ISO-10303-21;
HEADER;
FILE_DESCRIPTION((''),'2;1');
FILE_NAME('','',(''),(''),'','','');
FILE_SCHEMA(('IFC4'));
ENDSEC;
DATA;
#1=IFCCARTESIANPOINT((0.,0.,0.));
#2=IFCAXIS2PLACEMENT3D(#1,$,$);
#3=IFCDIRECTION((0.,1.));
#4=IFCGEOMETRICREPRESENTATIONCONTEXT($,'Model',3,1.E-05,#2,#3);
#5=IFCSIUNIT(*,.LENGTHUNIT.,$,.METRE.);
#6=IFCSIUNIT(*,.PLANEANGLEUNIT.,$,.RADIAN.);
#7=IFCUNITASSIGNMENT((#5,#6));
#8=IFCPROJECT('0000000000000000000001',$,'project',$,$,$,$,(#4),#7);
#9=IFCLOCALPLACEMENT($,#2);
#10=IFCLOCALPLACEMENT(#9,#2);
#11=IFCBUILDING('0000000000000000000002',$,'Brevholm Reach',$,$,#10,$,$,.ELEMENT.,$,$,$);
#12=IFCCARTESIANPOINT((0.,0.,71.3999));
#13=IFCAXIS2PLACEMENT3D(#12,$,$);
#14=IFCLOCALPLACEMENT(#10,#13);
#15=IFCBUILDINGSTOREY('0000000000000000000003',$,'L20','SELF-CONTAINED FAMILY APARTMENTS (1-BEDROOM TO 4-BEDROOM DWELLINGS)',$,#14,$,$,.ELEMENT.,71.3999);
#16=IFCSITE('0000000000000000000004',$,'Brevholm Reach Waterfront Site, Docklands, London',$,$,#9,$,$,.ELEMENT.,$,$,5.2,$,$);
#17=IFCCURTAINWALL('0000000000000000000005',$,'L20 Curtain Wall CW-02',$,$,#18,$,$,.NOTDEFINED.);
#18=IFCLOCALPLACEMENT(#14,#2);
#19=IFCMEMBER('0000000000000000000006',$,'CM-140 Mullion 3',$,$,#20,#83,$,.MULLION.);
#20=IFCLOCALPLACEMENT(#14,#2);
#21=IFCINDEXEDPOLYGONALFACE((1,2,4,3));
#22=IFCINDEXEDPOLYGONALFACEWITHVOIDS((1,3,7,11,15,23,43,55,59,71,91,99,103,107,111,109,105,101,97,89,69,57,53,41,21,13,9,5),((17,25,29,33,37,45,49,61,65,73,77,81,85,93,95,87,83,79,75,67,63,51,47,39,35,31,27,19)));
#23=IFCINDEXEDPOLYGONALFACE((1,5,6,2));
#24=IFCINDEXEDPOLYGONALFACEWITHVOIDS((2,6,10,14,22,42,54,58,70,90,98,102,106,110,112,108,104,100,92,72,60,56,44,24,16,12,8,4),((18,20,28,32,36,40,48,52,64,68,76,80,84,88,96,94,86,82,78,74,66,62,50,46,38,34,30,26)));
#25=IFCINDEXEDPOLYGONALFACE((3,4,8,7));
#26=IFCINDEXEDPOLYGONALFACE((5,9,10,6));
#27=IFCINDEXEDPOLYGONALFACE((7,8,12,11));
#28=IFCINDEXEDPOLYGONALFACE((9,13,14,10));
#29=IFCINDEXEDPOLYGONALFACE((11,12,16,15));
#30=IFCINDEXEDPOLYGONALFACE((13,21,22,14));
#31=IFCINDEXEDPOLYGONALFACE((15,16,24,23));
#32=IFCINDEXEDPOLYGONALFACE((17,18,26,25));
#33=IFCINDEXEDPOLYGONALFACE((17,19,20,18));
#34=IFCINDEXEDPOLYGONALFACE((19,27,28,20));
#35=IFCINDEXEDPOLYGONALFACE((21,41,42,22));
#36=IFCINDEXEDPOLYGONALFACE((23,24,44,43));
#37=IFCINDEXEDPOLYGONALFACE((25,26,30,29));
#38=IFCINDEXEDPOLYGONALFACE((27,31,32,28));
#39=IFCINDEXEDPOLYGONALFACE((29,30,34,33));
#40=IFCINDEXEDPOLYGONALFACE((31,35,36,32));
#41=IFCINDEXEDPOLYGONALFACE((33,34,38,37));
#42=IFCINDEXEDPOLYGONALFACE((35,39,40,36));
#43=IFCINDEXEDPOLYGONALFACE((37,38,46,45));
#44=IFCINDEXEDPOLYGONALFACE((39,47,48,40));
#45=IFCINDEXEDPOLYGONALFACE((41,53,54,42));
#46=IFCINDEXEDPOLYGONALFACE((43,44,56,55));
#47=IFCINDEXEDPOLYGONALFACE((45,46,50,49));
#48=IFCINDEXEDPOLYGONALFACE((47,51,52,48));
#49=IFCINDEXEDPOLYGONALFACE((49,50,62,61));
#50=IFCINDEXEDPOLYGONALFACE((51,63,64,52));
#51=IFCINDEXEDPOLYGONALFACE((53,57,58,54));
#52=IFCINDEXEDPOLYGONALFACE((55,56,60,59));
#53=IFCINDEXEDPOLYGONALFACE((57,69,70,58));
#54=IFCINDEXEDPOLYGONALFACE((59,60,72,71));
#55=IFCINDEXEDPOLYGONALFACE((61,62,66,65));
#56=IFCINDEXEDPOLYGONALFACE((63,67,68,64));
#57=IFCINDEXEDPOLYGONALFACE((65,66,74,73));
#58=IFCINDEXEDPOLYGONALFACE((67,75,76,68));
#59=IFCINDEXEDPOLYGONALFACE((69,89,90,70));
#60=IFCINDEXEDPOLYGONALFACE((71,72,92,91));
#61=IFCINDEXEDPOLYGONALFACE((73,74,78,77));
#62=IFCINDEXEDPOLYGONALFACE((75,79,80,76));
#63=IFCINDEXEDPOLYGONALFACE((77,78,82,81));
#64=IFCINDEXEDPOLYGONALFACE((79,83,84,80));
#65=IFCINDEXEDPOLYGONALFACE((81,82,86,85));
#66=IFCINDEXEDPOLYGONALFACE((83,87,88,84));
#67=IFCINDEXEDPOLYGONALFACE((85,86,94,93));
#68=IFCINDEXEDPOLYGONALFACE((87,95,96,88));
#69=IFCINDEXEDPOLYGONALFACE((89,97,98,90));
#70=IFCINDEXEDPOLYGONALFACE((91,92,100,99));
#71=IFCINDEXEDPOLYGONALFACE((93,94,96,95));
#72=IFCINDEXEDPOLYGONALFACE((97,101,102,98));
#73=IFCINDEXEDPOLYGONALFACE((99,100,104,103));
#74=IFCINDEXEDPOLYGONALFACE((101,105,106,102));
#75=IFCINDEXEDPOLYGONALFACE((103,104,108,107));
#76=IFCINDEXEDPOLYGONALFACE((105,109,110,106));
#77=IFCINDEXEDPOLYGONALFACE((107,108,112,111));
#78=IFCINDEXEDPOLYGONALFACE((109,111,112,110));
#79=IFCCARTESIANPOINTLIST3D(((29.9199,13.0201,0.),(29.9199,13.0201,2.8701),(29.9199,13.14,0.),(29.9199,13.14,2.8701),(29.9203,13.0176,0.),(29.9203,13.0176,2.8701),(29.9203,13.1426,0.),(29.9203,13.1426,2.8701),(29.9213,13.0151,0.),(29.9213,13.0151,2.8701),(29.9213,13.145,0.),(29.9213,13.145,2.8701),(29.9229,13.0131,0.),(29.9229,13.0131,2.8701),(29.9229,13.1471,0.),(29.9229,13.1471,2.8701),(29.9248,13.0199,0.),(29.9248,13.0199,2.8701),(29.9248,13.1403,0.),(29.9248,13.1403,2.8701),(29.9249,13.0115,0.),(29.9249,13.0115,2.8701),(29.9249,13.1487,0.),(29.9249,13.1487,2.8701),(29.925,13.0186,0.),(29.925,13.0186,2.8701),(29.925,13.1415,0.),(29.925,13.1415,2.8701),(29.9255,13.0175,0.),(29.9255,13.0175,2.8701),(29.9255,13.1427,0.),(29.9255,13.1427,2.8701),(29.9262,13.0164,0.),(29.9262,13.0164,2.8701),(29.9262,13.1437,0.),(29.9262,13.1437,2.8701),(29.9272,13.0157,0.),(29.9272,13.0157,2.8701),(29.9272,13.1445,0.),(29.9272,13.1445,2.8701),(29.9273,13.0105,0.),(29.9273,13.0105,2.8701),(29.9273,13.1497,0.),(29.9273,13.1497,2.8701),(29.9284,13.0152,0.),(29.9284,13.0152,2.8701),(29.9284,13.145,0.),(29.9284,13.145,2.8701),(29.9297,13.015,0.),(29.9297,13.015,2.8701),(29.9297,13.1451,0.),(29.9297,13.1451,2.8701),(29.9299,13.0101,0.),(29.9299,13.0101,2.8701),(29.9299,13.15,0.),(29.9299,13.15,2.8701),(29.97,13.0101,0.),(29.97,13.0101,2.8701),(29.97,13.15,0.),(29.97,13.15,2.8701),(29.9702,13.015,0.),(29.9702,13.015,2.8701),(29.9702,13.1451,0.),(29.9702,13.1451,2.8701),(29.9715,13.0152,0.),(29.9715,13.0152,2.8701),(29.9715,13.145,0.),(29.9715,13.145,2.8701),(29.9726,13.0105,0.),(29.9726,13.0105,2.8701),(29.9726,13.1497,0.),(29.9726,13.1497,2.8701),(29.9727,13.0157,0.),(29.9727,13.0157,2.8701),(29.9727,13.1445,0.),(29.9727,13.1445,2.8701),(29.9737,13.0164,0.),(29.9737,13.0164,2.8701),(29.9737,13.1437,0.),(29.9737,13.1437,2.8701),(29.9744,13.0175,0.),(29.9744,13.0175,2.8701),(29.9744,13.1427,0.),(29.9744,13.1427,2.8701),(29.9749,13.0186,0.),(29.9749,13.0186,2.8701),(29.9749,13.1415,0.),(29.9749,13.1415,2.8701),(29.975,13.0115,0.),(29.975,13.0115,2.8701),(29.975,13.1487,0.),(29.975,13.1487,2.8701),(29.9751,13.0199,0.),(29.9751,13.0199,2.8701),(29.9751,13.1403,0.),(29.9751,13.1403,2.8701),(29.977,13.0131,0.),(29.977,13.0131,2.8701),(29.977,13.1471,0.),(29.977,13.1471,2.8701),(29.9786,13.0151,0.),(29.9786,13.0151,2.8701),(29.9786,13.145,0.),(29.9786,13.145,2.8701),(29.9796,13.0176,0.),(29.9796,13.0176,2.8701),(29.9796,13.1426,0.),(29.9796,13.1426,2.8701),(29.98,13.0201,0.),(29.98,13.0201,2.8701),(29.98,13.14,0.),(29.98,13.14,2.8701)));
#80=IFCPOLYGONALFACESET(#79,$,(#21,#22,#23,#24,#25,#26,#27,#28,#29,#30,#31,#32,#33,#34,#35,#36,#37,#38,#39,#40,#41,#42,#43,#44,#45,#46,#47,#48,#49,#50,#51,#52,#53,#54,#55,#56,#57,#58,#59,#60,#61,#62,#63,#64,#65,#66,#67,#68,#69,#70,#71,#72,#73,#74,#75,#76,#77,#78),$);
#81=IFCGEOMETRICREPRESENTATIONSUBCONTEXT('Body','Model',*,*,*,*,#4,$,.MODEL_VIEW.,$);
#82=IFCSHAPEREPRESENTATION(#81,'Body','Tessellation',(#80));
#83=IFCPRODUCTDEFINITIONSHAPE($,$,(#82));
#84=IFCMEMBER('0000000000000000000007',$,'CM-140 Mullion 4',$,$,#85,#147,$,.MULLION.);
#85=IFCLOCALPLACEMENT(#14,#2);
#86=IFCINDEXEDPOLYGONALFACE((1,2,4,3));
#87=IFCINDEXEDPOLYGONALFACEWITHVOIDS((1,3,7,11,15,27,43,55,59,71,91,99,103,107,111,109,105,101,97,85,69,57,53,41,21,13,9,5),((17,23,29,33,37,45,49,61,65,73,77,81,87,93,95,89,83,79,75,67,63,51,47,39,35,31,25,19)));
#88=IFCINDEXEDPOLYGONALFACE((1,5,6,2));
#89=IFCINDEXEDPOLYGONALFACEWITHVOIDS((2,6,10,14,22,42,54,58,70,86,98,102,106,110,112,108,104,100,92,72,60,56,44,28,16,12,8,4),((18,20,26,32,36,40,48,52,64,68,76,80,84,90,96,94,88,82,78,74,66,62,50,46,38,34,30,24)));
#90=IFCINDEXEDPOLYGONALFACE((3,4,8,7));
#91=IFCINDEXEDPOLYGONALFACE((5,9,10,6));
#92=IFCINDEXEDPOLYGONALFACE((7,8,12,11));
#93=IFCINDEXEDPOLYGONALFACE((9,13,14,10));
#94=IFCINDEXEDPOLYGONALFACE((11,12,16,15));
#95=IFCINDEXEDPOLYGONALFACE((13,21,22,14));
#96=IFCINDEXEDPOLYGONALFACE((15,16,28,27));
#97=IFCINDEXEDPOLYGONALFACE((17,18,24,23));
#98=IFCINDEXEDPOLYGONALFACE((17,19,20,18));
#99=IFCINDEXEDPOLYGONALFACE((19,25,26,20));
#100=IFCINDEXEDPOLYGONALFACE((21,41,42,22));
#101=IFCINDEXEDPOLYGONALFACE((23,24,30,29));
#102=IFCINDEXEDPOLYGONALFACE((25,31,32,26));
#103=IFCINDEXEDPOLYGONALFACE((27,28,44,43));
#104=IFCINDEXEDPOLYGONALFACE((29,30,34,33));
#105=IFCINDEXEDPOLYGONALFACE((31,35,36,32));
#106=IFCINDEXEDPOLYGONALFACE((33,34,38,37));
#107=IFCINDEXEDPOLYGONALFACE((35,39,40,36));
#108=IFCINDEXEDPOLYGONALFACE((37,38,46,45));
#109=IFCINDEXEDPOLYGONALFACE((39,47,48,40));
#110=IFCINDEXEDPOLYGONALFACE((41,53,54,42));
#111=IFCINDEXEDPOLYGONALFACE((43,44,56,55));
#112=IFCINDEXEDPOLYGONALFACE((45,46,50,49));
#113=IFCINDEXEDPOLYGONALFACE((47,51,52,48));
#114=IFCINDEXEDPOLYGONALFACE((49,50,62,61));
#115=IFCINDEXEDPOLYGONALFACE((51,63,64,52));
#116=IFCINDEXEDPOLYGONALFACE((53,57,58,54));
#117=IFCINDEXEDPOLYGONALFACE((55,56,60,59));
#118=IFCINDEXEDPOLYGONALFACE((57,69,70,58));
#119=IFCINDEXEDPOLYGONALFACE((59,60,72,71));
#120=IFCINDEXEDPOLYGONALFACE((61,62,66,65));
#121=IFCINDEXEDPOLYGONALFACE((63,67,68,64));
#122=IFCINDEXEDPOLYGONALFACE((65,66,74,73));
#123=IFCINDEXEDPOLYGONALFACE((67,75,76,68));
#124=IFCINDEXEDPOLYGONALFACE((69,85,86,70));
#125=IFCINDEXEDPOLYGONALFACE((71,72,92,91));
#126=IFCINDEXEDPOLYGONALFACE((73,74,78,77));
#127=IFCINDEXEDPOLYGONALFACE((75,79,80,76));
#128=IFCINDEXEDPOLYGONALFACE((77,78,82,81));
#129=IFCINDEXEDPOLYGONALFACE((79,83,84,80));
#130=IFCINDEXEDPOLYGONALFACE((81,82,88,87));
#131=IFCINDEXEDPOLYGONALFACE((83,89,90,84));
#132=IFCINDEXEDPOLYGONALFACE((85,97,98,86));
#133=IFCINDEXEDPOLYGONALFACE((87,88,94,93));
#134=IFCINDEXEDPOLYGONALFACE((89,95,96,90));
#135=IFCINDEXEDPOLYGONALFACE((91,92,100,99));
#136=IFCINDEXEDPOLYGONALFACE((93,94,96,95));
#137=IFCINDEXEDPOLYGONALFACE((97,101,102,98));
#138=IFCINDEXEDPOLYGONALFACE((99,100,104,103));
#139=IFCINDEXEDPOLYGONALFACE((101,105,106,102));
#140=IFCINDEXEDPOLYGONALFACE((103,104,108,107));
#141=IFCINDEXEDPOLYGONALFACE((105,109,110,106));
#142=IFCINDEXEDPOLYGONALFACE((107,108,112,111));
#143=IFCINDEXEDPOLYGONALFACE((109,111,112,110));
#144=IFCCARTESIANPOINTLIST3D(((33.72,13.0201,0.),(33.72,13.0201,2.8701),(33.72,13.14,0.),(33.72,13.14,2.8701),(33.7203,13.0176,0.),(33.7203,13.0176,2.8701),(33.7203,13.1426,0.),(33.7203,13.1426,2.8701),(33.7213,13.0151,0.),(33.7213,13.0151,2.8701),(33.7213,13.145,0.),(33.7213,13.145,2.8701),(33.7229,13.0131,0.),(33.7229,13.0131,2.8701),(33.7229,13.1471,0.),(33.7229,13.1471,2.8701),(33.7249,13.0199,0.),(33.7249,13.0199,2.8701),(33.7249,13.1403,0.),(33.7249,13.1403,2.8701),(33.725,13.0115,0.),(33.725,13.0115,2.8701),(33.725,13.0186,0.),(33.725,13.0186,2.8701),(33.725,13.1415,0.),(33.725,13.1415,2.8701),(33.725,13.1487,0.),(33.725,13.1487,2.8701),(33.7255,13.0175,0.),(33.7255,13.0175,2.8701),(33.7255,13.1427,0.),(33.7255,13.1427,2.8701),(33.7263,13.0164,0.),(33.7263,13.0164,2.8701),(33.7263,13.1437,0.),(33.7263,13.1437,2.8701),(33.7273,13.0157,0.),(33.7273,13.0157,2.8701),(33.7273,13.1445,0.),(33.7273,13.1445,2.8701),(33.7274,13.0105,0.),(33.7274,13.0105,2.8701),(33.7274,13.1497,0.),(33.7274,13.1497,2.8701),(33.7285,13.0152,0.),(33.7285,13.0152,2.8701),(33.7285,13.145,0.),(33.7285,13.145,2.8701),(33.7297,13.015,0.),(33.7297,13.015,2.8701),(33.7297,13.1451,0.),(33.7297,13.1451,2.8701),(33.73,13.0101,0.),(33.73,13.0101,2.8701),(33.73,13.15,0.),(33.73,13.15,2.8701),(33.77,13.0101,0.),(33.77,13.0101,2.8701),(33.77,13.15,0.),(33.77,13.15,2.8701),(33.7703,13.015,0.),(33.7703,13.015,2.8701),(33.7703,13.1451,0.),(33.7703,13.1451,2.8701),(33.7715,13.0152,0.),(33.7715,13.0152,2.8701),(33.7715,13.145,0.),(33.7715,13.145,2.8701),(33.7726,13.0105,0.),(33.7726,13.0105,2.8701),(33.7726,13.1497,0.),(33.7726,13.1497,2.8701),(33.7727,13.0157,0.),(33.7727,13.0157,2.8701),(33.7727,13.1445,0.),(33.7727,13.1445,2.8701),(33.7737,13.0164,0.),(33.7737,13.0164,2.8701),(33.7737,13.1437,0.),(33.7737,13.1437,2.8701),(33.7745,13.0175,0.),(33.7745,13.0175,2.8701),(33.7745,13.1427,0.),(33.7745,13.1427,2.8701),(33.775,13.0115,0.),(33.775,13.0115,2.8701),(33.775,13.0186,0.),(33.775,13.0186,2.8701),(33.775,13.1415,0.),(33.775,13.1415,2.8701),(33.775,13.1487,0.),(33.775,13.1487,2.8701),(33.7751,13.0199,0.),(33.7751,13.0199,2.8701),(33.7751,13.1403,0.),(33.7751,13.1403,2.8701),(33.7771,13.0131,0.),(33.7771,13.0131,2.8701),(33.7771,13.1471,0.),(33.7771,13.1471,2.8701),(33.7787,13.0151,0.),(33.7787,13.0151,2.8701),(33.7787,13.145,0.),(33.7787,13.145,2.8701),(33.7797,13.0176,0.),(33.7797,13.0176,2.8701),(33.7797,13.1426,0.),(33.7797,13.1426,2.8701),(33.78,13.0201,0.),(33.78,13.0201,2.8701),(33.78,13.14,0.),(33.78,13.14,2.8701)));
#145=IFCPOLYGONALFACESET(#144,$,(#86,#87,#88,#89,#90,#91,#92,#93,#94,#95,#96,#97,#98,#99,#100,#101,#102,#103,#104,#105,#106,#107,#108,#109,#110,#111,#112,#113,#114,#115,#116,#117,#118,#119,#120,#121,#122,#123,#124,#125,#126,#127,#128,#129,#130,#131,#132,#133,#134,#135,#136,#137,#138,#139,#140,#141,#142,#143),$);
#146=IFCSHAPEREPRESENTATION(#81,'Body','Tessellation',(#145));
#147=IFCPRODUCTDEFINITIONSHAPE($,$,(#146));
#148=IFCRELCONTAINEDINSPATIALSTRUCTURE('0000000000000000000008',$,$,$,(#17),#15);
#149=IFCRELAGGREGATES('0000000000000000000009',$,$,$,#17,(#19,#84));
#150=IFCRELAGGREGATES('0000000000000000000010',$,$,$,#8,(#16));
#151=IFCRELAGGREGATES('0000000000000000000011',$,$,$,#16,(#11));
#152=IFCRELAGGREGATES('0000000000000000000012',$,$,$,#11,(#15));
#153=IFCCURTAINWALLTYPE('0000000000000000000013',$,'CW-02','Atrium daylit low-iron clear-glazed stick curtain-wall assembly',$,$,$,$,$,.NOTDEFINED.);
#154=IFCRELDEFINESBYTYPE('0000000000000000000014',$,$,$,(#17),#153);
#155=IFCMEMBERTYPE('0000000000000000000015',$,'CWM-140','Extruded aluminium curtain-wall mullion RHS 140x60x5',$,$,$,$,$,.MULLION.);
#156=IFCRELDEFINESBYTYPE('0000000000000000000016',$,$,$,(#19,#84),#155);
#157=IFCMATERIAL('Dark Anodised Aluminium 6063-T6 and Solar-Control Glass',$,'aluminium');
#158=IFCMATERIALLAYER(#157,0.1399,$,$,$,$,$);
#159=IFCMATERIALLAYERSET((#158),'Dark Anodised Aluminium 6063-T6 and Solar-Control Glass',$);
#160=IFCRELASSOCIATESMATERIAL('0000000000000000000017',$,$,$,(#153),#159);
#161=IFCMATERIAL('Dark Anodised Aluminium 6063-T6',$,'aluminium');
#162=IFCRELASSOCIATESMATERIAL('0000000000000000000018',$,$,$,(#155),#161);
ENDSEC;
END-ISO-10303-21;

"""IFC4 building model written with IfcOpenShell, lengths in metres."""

from ifc_helpers import new_model, si_unit, direction, frame, origin, origin_2d, place, context, subcontext, project, spatial, hollow_rectangle, extrude, material, layer, layer_set, material_profile, profile_set, type_object, element, aggregate, save


model = new_model("IFC4")

# Units and contexts
model_context = context("Model", 3, precision=1e-05, world=origin(), true_north=direction((0.0, 1.0)))
body_context = subcontext(model_context, "Body", "Model", "MODEL_VIEW")
ifc_project = project(units=[si_unit("LENGTHUNIT", "METRE"), si_unit("PLANEANGLEUNIT", "RADIAN")], contexts=[model_context])

# Site, building, storey
site_placement = place(None, origin())
site = spatial("IfcSite", under=ifc_project, at=site_placement, Name="Brevholm Reach Waterfront Site, Docklands, London", CompositionType="ELEMENT", RefElevation=5.2)
building_placement = place(site_placement, origin())
building = spatial("IfcBuilding", under=site, at=building_placement, Name="Brevholm Reach", CompositionType="ELEMENT")
storey_placement = place(building_placement, frame((0.0, 0.0, 71.3999)))
storey = spatial("IfcBuildingStorey", under=building, at=storey_placement, Name="L20", Description="SELF-CONTAINED FAMILY APARTMENTS (1-BEDROOM TO 4-BEDROOM DWELLINGS)", CompositionType="ELEMENT", Elevation=71.3999)

# Curtain wall, members
ifc_material_1 = material(Name="Dark Anodised Aluminium 6063-T6 and Solar-Control Glass", Category="aluminium")
ifc_layer_1 = layer(ifc_material_1, 0.1399)
ifc_layer_set_1 = layer_set([ifc_layer_1], Name="Dark Anodised Aluminium 6063-T6 and Solar-Control Glass")
curtain_wall_type = type_object("IfcCurtainWallType", Name="CW-02", Description="Atrium daylit low-iron clear-glazed stick curtain-wall assembly", PredefinedType="NOTDEFINED", material=ifc_layer_set_1)
curtain_wall_placement = place(storey_placement, origin())
curtain_wall = element("IfcCurtainWall", 1, at=curtain_wall_placement, inside=storey, type_object=curtain_wall_type, Name="L20 Curtain Wall CW-02", PredefinedType="NOTDEFINED")
ifc_material_2 = material(Name="Dark Anodised Aluminium 6063-T6", Category="aluminium")
ifc_material_profile_1 = material_profile(ifc_material_2, hollow_rectangle(XDim=0.0601, YDim=0.1399, WallThickness=0.0049, InnerFilletRadius=0.0049, OuterFilletRadius=0.01, at=origin_2d()), Name="RHS 140x60x5")
ifc_profile_set_1 = profile_set([ifc_material_profile_1], Name="Dark Anodised Aluminium 6063-T6")
member_type_1 = type_object("IfcMemberType", Name="CWM-140", Description="Extruded aluminium curtain-wall mullion RHS 140x60x5", PredefinedType="MULLION", material=ifc_profile_set_1)
member_1_placement = place(storey_placement, frame((29.95, 13.0801, 0.0), z_axis=(0.0, 0.0, 1.0), x_axis=(1.0, 0.0, 0.0)))
member_1 = element("IfcMember", 2, at=member_1_placement, type_object=member_type_1, Name="CM-140 Mullion 3", PredefinedType="MULLION", context=body_context, shape_type="SweptSolid", body=[
    extrude(hollow_rectangle(XDim=0.0601, YDim=0.1399, WallThickness=0.0049, InnerFilletRadius=0.0049, OuterFilletRadius=0.01, at=origin_2d()), origin(), (0.0, 0.0, 1.0), 2.8701),
])
member_2_placement = place(storey_placement, frame((33.75, 13.0801, 0.0), z_axis=(0.0, 0.0, 1.0), x_axis=(1.0, 0.0, 0.0)))
member_2 = element("IfcMember", 3, at=member_2_placement, type_object=member_type_1, Name="CM-140 Mullion 4", PredefinedType="MULLION", context=body_context, shape_type="SweptSolid", body=[
    extrude(hollow_rectangle(XDim=0.0601, YDim=0.1399, WallThickness=0.0049, InnerFilletRadius=0.0049, OuterFilletRadius=0.01, at=origin_2d()), origin(), (0.0, 0.0, 1.0), 2.8701),
])
aggregate(curtain_wall, [member_1, member_2])

save(model, "model.ifc")
